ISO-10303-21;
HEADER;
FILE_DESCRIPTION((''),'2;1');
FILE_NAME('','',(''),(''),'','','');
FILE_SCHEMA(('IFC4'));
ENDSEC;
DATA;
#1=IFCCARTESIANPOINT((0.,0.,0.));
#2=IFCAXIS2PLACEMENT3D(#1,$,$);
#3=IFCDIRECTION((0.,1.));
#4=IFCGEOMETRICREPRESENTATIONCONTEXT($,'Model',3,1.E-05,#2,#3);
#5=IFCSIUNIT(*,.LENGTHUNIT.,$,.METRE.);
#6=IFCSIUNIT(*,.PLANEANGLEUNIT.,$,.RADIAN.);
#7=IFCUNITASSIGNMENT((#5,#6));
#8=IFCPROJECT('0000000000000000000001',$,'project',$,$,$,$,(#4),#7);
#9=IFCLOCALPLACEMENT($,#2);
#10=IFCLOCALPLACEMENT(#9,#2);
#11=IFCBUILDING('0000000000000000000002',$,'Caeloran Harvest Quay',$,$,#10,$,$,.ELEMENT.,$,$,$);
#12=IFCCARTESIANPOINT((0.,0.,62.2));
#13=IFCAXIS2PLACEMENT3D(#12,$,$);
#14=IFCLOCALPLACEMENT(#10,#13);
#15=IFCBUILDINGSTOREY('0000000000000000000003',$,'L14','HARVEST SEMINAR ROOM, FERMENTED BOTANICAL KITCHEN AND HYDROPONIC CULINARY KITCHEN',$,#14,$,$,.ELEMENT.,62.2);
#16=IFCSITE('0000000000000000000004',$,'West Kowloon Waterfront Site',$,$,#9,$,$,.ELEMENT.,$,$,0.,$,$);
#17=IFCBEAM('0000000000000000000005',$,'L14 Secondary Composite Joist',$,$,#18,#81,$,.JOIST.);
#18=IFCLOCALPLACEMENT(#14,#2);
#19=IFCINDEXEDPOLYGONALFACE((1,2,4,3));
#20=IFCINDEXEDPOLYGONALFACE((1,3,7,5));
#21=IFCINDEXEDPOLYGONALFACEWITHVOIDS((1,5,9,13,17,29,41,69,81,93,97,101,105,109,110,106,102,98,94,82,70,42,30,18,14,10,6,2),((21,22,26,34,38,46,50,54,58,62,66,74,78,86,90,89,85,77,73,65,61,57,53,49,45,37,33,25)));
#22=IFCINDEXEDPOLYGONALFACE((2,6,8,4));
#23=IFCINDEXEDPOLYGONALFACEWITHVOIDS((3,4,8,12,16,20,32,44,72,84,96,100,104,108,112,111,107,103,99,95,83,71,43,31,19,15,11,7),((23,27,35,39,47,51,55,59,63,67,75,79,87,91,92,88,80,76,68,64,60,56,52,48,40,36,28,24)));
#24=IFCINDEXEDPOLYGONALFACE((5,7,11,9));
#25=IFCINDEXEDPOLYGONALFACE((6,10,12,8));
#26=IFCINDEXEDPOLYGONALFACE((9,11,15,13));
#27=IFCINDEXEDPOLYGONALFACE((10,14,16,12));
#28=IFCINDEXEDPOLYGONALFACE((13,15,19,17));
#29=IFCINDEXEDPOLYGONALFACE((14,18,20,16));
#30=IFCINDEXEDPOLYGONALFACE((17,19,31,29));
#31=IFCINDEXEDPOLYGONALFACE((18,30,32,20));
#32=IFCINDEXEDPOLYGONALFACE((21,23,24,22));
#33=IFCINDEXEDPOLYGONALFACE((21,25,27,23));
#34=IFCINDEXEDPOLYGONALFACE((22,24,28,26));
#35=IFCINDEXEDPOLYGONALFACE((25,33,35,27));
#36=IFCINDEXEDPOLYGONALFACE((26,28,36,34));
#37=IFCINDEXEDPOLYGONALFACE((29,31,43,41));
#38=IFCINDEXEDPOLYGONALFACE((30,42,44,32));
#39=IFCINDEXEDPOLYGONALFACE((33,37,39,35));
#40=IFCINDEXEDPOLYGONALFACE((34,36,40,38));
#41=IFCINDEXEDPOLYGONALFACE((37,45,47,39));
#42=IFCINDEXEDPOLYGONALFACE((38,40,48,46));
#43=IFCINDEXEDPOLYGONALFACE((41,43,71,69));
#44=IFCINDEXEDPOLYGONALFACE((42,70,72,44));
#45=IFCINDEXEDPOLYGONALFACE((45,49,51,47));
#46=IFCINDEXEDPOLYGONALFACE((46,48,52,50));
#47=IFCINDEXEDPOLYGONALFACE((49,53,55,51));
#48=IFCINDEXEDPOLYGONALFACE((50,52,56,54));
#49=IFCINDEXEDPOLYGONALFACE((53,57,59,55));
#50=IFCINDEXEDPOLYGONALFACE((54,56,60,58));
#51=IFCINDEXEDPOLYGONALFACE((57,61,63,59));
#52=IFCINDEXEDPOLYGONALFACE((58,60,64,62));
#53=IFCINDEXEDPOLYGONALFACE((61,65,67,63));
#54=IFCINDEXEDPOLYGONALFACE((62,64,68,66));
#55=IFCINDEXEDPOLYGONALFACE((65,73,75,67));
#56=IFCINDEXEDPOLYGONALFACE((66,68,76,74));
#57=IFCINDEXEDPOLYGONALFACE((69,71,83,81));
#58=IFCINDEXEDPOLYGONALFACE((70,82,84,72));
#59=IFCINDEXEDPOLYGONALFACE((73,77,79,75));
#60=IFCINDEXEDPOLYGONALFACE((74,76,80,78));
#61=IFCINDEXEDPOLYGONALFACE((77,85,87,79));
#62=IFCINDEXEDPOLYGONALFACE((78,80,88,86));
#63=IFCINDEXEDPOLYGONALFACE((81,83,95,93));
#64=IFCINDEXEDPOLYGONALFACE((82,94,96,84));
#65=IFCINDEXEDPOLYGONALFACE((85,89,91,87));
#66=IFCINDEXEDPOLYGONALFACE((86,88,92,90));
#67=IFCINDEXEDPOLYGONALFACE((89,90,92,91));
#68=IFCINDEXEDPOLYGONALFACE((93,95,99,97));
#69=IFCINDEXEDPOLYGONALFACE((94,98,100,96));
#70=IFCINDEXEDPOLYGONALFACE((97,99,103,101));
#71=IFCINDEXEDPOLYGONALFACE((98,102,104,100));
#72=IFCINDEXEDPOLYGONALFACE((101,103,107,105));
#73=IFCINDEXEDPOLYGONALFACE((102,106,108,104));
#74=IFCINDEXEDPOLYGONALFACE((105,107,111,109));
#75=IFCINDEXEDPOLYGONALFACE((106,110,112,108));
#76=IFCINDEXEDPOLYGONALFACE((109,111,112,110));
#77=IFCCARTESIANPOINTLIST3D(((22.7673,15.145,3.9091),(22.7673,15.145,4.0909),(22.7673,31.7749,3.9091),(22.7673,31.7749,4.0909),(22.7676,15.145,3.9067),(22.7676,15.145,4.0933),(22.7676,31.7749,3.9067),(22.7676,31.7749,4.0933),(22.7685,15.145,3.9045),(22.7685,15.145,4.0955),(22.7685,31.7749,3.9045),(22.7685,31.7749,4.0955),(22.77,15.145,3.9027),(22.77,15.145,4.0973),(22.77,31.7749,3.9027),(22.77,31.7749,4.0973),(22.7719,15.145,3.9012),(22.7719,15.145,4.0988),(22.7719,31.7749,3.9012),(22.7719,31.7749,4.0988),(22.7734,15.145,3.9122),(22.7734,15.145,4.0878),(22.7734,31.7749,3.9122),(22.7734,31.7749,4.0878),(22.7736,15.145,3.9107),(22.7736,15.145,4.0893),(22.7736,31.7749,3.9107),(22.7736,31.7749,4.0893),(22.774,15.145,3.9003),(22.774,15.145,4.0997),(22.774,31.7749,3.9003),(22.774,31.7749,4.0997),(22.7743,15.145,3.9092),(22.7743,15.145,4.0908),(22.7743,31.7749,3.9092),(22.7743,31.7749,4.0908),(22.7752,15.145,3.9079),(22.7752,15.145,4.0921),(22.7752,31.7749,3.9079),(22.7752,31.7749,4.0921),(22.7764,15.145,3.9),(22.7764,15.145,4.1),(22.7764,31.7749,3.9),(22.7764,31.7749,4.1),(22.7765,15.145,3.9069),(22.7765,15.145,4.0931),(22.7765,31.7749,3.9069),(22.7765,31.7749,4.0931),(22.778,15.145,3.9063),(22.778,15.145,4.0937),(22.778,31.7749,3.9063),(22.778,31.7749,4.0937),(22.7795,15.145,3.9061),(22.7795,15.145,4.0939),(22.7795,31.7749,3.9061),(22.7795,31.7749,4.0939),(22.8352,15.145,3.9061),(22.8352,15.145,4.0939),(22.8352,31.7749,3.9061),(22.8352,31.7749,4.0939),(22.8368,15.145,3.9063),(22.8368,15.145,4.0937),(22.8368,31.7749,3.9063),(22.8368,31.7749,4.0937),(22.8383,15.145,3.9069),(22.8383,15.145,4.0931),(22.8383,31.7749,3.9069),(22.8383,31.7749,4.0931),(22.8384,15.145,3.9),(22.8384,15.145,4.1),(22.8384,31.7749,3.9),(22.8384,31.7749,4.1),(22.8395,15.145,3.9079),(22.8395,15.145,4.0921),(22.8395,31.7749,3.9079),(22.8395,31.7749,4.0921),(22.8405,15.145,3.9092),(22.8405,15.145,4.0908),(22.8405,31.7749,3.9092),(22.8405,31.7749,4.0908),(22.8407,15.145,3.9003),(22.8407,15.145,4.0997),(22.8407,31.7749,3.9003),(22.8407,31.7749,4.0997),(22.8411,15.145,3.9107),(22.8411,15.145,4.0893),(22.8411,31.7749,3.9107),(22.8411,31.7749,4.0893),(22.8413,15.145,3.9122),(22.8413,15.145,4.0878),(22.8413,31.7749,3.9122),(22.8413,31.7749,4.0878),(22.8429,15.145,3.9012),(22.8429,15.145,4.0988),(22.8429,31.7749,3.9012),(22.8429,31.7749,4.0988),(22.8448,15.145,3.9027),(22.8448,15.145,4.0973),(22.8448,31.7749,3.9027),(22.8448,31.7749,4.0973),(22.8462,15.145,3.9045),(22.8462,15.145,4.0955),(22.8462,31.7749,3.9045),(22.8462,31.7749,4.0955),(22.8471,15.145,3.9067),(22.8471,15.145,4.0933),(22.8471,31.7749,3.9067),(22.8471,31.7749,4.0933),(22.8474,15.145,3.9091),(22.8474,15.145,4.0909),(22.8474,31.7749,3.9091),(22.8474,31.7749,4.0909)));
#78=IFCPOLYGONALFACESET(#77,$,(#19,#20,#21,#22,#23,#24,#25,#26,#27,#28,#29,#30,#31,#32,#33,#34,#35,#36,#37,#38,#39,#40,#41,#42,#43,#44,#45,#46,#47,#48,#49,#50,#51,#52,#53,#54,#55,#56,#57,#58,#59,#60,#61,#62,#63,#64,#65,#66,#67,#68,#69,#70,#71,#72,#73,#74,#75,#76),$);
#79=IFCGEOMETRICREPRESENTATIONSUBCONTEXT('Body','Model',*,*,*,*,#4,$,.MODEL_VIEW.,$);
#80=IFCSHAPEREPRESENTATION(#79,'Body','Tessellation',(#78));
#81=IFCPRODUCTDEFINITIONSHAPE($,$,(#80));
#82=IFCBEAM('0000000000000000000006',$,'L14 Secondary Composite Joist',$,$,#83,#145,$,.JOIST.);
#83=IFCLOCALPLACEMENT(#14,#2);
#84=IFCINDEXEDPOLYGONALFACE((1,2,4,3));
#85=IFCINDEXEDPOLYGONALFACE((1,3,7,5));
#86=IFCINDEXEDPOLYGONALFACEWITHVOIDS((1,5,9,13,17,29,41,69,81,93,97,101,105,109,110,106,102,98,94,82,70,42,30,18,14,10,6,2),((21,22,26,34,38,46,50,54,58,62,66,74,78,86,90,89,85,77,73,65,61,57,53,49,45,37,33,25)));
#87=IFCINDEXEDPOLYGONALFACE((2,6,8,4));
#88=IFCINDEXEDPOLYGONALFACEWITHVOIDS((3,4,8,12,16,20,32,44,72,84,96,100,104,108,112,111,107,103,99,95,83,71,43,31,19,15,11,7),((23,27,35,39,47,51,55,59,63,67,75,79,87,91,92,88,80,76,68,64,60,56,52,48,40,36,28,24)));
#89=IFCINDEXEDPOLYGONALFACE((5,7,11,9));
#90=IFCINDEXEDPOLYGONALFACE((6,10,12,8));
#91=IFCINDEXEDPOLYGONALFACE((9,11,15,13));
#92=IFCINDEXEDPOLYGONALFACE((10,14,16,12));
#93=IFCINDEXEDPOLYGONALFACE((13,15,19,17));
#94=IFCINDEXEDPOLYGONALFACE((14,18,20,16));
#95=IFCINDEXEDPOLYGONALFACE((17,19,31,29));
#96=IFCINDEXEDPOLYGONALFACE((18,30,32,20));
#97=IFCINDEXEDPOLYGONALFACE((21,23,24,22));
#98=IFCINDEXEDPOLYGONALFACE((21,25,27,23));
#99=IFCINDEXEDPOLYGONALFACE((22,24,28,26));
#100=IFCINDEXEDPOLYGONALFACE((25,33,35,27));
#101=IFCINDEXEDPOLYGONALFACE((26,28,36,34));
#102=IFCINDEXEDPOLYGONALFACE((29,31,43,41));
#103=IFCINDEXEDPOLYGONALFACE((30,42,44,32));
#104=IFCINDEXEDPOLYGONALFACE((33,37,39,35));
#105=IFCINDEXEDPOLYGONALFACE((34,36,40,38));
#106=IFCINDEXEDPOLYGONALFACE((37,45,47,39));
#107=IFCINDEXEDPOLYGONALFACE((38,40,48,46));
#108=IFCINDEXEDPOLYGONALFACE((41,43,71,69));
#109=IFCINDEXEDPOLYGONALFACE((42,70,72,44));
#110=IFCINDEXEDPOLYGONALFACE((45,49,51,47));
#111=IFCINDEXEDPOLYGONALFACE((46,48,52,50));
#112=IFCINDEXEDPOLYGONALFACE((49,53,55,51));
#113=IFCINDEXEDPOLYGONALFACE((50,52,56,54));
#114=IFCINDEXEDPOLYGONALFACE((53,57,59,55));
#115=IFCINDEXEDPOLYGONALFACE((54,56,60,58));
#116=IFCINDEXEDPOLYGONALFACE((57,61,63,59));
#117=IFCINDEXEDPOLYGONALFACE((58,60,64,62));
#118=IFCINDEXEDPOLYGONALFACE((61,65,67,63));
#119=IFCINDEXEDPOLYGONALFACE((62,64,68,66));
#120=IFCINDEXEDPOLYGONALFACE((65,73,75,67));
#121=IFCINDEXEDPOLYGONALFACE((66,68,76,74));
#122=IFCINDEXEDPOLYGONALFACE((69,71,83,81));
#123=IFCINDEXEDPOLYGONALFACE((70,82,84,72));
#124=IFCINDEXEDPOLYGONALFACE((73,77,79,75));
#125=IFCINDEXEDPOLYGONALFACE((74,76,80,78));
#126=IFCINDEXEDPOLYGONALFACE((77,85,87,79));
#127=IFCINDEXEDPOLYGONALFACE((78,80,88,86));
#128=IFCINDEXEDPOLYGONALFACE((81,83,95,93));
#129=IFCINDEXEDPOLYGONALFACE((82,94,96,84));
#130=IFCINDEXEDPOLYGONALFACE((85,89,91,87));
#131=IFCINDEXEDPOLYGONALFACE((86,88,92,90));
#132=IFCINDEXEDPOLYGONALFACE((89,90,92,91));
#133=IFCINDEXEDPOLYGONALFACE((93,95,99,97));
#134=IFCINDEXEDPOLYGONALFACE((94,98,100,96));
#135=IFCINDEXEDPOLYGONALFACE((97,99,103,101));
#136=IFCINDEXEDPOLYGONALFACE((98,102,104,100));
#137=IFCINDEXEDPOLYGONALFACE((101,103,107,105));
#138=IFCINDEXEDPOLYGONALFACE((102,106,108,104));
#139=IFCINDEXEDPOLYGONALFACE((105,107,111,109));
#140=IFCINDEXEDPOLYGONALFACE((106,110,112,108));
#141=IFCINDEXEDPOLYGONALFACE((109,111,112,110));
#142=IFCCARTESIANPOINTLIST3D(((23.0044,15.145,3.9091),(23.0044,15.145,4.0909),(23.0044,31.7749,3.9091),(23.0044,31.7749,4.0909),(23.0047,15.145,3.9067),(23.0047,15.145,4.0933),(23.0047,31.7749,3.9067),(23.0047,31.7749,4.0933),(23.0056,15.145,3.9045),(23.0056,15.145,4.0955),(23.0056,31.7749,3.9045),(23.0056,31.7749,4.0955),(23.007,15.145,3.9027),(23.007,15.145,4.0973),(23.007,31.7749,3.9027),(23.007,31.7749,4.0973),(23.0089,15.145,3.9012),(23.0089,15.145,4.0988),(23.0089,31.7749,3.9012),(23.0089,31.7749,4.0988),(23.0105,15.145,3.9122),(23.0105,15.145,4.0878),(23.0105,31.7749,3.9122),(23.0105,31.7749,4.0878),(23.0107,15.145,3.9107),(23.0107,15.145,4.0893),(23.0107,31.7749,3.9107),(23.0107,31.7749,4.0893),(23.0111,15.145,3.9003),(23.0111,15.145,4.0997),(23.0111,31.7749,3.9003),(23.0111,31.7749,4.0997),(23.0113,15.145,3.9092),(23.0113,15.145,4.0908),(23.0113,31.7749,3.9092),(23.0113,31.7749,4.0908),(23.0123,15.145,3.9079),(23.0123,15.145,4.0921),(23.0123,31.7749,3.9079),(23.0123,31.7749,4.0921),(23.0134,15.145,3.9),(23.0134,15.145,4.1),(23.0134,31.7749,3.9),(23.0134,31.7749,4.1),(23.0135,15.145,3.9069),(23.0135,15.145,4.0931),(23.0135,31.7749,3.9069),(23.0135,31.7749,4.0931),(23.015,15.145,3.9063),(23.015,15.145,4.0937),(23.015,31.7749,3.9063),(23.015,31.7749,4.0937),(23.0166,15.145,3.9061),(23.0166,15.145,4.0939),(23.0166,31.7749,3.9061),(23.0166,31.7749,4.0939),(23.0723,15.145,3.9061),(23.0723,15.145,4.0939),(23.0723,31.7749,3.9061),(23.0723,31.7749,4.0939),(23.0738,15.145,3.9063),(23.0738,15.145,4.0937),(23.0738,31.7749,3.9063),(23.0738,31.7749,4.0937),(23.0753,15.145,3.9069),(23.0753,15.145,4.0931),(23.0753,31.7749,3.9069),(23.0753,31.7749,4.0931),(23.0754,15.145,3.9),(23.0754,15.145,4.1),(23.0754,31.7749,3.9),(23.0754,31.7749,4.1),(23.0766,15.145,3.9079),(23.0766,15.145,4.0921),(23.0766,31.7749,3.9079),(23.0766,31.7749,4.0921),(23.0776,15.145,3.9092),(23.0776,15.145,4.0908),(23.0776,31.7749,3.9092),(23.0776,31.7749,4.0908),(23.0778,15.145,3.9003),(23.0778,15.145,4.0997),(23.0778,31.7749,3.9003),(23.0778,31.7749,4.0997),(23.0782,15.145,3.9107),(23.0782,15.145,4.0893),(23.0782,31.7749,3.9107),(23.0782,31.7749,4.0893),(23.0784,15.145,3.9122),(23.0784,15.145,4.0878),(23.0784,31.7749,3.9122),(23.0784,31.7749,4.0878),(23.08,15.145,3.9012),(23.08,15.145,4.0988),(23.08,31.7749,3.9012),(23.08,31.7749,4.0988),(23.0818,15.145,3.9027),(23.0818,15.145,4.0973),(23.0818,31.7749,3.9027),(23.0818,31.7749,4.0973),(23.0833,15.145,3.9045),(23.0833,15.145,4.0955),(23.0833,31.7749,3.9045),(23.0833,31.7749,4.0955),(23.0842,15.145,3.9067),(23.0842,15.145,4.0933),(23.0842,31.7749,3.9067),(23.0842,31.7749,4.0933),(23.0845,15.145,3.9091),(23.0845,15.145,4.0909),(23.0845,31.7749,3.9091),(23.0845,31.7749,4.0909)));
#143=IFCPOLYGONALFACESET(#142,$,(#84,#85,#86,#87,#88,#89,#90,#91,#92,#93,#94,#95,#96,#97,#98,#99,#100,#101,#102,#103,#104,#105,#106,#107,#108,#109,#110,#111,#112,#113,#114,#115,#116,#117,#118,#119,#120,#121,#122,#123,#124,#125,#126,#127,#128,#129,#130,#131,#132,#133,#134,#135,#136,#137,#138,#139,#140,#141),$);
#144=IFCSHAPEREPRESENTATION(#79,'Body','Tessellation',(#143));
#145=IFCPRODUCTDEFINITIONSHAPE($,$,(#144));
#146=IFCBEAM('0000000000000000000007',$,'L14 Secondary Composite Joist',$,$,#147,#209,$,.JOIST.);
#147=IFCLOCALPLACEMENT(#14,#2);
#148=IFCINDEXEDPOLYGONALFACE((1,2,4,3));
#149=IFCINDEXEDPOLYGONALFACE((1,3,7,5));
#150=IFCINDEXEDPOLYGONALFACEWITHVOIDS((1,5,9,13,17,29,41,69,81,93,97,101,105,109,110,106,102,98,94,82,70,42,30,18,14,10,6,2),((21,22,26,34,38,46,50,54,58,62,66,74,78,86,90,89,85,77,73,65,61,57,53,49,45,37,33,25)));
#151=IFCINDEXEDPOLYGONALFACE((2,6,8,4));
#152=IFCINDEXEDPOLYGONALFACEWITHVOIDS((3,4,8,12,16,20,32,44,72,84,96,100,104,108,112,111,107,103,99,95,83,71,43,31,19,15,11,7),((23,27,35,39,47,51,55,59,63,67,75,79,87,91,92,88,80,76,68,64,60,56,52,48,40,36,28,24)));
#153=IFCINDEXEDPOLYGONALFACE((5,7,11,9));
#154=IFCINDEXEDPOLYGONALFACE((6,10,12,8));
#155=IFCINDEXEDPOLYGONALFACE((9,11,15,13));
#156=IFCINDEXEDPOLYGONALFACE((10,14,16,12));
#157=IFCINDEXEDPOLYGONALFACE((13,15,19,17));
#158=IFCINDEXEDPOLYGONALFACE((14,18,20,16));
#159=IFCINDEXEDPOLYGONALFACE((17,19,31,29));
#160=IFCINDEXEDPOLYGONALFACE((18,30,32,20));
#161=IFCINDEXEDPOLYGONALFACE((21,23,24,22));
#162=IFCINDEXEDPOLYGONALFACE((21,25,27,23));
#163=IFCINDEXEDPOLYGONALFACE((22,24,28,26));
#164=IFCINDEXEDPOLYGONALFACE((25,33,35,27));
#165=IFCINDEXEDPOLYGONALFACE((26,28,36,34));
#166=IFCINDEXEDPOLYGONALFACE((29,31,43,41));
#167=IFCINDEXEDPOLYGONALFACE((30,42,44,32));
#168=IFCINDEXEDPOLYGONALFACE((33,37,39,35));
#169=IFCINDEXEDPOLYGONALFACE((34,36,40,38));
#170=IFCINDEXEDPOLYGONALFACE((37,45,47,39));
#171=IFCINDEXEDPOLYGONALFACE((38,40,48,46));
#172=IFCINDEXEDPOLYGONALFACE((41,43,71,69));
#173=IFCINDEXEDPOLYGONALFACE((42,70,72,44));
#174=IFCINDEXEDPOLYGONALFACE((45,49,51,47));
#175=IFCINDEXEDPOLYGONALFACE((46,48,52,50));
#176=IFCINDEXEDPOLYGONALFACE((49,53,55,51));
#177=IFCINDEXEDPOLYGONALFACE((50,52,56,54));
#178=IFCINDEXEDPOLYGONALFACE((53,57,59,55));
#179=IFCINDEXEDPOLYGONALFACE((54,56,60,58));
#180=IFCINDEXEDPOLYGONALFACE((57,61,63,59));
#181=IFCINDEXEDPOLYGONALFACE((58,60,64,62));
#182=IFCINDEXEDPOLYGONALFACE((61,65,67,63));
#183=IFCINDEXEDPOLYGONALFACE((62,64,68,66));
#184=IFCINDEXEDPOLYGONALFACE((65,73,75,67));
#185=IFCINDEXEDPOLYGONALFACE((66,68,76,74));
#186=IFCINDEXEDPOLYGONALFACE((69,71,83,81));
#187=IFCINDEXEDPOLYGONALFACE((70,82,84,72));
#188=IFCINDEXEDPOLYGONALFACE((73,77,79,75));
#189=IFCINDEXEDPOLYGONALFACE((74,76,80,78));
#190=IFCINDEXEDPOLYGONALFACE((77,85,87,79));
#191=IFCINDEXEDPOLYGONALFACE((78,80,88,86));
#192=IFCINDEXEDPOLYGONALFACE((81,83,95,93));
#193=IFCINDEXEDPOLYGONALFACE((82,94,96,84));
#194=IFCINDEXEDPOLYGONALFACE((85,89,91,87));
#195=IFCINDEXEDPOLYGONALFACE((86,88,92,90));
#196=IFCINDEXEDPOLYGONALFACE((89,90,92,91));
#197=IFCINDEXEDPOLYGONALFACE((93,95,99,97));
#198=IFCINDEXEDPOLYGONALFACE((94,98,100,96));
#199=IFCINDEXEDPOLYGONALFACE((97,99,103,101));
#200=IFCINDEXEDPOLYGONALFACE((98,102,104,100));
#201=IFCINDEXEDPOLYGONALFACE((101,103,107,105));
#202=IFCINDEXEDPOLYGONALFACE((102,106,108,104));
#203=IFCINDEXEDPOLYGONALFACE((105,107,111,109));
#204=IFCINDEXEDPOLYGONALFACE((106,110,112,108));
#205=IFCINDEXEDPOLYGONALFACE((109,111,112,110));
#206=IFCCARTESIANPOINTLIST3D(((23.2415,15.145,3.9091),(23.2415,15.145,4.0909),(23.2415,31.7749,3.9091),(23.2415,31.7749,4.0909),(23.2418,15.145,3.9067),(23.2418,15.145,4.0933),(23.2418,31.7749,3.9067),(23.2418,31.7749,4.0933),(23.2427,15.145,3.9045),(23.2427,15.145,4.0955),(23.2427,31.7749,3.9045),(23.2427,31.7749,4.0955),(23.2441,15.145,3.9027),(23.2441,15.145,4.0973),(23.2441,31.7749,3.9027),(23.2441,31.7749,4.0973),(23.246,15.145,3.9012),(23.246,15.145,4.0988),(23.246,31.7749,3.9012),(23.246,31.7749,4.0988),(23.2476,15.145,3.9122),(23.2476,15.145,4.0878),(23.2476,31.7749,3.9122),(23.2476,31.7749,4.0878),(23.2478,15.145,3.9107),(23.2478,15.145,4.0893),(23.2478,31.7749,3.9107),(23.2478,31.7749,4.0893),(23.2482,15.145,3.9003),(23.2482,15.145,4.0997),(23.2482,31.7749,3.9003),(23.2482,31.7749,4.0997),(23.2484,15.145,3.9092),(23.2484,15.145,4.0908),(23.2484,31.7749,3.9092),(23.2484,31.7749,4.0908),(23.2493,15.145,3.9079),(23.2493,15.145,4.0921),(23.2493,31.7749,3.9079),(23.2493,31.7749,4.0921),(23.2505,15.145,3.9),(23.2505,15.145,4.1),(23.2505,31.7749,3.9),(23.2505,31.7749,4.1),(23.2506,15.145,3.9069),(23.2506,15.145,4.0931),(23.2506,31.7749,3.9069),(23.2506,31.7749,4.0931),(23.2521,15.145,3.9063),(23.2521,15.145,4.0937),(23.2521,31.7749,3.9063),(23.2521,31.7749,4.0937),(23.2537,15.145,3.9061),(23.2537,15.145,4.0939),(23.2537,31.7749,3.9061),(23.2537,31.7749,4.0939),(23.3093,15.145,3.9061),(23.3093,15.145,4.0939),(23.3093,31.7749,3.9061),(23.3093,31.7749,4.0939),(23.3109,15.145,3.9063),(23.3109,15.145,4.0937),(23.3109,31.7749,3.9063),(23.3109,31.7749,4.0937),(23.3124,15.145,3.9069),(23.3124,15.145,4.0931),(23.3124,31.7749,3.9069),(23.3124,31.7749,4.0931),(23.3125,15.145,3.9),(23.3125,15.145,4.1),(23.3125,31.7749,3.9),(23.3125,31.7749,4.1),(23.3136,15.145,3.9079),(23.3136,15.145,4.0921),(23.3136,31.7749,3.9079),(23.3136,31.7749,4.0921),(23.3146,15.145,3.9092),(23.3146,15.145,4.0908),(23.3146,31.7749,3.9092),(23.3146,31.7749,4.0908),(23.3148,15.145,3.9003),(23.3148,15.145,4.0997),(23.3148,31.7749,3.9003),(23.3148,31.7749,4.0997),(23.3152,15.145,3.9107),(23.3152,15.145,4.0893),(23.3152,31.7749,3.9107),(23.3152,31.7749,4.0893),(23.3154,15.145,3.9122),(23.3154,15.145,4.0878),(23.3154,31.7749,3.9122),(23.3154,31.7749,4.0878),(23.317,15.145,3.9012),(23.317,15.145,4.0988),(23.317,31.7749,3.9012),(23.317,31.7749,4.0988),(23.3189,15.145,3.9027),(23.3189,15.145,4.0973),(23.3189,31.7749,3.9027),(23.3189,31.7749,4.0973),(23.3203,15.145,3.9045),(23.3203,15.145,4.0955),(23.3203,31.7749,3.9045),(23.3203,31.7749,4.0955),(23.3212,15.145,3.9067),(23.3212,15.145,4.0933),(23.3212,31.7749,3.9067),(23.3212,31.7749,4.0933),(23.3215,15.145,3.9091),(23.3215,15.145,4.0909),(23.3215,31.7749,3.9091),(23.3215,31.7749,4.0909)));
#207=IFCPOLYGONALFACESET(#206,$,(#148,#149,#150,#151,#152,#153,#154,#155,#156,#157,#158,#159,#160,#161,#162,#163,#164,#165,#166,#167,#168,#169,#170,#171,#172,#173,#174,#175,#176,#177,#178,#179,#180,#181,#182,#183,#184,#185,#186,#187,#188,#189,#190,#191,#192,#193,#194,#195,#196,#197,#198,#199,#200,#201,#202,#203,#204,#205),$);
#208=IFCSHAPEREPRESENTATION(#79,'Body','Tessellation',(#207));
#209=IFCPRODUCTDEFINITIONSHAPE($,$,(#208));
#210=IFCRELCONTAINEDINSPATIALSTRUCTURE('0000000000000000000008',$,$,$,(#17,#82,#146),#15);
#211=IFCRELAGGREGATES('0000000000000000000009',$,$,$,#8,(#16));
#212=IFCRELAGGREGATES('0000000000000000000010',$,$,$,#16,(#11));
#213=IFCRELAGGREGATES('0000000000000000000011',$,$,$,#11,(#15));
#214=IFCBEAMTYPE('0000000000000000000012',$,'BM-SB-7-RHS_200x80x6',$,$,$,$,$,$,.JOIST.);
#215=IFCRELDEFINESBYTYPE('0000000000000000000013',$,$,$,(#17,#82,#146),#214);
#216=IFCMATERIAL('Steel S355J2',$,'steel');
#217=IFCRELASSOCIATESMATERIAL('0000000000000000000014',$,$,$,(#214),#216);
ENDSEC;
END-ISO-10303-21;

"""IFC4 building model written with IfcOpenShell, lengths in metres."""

from ifc_helpers import new_model, si_unit, direction, frame, origin, origin_2d, place, context, subcontext, project, spatial, hollow_rectangle, extrude, material, material_profile, profile_set, type_object, element, save


model = new_model("IFC4")

# Units and contexts
model_context = context("Model", 3, precision=1e-05, world=origin(), true_north=direction((0.0, 1.0)))
body_context = subcontext(model_context, "Body", "Model", "MODEL_VIEW")
ifc_project = project(units=[si_unit("LENGTHUNIT", "METRE"), si_unit("PLANEANGLEUNIT", "RADIAN")], contexts=[model_context])

# Site, building, storey
site_placement = place(None, origin())
site = spatial("IfcSite", under=ifc_project, at=site_placement, Name="West Kowloon Waterfront Site", CompositionType="ELEMENT", RefElevation=0.0)
building_placement = place(site_placement, origin())
building = spatial("IfcBuilding", under=site, at=building_placement, Name="Caeloran Harvest Quay", CompositionType="ELEMENT")
storey_placement = place(building_placement, frame((0.0, 0.0, 62.2)))
storey = spatial("IfcBuildingStorey", under=building, at=storey_placement, Name="L14", Description="HARVEST SEMINAR ROOM, FERMENTED BOTANICAL KITCHEN AND HYDROPONIC CULINARY KITCHEN", CompositionType="ELEMENT", Elevation=62.2)

# Beams
ifc_material_1 = material(Name="Steel S355J2", Category="steel")
ifc_material_profile_1 = material_profile(ifc_material_1, hollow_rectangle(XDim=0.0801, YDim=0.2, WallThickness=0.0061, InnerFilletRadius=0.0061, OuterFilletRadius=0.009, at=origin_2d()), Name="RHS 200x80x6")
ifc_profile_set_1 = profile_set([ifc_material_profile_1], Name="Steel S355J2")
beam_type_1 = type_object("IfcBeamType", Name="BM-SB-7-RHS_200x80x6", PredefinedType="JOIST", material=ifc_profile_set_1)
for number, where, z_axis, x_axis, name in (
    (1, (22.8074, 15.145, 4.0), (0.0, 1.0, 0.0), (-1.0, 0.0, 0.0), "L14 Secondary Composite Joist"),
    (2, (23.0444, 15.145, 4.0), (0.0, 1.0, 0.0), (-1.0, 0.0, 0.0), "L14 Secondary Composite Joist"),
    (3, (23.2815, 15.145, 4.0), (0.0, 1.0, 0.0), (-1.0, 0.0, 0.0), "L14 Secondary Composite Joist"),
):
    element("IfcBeam", number, at=place(storey_placement, frame(where, z_axis=z_axis, x_axis=x_axis)), inside=storey, type_object=beam_type_1, Name=name, PredefinedType="JOIST", context=body_context, shape_type="SweptSolid", body=[
        extrude(hollow_rectangle(XDim=0.0801, YDim=0.2, WallThickness=0.0061, InnerFilletRadius=0.0061, OuterFilletRadius=0.009, at=origin_2d()), origin(), (0.0, 0.0, 1.0), 16.6299),
    ])

save(model, "model.ifc")
